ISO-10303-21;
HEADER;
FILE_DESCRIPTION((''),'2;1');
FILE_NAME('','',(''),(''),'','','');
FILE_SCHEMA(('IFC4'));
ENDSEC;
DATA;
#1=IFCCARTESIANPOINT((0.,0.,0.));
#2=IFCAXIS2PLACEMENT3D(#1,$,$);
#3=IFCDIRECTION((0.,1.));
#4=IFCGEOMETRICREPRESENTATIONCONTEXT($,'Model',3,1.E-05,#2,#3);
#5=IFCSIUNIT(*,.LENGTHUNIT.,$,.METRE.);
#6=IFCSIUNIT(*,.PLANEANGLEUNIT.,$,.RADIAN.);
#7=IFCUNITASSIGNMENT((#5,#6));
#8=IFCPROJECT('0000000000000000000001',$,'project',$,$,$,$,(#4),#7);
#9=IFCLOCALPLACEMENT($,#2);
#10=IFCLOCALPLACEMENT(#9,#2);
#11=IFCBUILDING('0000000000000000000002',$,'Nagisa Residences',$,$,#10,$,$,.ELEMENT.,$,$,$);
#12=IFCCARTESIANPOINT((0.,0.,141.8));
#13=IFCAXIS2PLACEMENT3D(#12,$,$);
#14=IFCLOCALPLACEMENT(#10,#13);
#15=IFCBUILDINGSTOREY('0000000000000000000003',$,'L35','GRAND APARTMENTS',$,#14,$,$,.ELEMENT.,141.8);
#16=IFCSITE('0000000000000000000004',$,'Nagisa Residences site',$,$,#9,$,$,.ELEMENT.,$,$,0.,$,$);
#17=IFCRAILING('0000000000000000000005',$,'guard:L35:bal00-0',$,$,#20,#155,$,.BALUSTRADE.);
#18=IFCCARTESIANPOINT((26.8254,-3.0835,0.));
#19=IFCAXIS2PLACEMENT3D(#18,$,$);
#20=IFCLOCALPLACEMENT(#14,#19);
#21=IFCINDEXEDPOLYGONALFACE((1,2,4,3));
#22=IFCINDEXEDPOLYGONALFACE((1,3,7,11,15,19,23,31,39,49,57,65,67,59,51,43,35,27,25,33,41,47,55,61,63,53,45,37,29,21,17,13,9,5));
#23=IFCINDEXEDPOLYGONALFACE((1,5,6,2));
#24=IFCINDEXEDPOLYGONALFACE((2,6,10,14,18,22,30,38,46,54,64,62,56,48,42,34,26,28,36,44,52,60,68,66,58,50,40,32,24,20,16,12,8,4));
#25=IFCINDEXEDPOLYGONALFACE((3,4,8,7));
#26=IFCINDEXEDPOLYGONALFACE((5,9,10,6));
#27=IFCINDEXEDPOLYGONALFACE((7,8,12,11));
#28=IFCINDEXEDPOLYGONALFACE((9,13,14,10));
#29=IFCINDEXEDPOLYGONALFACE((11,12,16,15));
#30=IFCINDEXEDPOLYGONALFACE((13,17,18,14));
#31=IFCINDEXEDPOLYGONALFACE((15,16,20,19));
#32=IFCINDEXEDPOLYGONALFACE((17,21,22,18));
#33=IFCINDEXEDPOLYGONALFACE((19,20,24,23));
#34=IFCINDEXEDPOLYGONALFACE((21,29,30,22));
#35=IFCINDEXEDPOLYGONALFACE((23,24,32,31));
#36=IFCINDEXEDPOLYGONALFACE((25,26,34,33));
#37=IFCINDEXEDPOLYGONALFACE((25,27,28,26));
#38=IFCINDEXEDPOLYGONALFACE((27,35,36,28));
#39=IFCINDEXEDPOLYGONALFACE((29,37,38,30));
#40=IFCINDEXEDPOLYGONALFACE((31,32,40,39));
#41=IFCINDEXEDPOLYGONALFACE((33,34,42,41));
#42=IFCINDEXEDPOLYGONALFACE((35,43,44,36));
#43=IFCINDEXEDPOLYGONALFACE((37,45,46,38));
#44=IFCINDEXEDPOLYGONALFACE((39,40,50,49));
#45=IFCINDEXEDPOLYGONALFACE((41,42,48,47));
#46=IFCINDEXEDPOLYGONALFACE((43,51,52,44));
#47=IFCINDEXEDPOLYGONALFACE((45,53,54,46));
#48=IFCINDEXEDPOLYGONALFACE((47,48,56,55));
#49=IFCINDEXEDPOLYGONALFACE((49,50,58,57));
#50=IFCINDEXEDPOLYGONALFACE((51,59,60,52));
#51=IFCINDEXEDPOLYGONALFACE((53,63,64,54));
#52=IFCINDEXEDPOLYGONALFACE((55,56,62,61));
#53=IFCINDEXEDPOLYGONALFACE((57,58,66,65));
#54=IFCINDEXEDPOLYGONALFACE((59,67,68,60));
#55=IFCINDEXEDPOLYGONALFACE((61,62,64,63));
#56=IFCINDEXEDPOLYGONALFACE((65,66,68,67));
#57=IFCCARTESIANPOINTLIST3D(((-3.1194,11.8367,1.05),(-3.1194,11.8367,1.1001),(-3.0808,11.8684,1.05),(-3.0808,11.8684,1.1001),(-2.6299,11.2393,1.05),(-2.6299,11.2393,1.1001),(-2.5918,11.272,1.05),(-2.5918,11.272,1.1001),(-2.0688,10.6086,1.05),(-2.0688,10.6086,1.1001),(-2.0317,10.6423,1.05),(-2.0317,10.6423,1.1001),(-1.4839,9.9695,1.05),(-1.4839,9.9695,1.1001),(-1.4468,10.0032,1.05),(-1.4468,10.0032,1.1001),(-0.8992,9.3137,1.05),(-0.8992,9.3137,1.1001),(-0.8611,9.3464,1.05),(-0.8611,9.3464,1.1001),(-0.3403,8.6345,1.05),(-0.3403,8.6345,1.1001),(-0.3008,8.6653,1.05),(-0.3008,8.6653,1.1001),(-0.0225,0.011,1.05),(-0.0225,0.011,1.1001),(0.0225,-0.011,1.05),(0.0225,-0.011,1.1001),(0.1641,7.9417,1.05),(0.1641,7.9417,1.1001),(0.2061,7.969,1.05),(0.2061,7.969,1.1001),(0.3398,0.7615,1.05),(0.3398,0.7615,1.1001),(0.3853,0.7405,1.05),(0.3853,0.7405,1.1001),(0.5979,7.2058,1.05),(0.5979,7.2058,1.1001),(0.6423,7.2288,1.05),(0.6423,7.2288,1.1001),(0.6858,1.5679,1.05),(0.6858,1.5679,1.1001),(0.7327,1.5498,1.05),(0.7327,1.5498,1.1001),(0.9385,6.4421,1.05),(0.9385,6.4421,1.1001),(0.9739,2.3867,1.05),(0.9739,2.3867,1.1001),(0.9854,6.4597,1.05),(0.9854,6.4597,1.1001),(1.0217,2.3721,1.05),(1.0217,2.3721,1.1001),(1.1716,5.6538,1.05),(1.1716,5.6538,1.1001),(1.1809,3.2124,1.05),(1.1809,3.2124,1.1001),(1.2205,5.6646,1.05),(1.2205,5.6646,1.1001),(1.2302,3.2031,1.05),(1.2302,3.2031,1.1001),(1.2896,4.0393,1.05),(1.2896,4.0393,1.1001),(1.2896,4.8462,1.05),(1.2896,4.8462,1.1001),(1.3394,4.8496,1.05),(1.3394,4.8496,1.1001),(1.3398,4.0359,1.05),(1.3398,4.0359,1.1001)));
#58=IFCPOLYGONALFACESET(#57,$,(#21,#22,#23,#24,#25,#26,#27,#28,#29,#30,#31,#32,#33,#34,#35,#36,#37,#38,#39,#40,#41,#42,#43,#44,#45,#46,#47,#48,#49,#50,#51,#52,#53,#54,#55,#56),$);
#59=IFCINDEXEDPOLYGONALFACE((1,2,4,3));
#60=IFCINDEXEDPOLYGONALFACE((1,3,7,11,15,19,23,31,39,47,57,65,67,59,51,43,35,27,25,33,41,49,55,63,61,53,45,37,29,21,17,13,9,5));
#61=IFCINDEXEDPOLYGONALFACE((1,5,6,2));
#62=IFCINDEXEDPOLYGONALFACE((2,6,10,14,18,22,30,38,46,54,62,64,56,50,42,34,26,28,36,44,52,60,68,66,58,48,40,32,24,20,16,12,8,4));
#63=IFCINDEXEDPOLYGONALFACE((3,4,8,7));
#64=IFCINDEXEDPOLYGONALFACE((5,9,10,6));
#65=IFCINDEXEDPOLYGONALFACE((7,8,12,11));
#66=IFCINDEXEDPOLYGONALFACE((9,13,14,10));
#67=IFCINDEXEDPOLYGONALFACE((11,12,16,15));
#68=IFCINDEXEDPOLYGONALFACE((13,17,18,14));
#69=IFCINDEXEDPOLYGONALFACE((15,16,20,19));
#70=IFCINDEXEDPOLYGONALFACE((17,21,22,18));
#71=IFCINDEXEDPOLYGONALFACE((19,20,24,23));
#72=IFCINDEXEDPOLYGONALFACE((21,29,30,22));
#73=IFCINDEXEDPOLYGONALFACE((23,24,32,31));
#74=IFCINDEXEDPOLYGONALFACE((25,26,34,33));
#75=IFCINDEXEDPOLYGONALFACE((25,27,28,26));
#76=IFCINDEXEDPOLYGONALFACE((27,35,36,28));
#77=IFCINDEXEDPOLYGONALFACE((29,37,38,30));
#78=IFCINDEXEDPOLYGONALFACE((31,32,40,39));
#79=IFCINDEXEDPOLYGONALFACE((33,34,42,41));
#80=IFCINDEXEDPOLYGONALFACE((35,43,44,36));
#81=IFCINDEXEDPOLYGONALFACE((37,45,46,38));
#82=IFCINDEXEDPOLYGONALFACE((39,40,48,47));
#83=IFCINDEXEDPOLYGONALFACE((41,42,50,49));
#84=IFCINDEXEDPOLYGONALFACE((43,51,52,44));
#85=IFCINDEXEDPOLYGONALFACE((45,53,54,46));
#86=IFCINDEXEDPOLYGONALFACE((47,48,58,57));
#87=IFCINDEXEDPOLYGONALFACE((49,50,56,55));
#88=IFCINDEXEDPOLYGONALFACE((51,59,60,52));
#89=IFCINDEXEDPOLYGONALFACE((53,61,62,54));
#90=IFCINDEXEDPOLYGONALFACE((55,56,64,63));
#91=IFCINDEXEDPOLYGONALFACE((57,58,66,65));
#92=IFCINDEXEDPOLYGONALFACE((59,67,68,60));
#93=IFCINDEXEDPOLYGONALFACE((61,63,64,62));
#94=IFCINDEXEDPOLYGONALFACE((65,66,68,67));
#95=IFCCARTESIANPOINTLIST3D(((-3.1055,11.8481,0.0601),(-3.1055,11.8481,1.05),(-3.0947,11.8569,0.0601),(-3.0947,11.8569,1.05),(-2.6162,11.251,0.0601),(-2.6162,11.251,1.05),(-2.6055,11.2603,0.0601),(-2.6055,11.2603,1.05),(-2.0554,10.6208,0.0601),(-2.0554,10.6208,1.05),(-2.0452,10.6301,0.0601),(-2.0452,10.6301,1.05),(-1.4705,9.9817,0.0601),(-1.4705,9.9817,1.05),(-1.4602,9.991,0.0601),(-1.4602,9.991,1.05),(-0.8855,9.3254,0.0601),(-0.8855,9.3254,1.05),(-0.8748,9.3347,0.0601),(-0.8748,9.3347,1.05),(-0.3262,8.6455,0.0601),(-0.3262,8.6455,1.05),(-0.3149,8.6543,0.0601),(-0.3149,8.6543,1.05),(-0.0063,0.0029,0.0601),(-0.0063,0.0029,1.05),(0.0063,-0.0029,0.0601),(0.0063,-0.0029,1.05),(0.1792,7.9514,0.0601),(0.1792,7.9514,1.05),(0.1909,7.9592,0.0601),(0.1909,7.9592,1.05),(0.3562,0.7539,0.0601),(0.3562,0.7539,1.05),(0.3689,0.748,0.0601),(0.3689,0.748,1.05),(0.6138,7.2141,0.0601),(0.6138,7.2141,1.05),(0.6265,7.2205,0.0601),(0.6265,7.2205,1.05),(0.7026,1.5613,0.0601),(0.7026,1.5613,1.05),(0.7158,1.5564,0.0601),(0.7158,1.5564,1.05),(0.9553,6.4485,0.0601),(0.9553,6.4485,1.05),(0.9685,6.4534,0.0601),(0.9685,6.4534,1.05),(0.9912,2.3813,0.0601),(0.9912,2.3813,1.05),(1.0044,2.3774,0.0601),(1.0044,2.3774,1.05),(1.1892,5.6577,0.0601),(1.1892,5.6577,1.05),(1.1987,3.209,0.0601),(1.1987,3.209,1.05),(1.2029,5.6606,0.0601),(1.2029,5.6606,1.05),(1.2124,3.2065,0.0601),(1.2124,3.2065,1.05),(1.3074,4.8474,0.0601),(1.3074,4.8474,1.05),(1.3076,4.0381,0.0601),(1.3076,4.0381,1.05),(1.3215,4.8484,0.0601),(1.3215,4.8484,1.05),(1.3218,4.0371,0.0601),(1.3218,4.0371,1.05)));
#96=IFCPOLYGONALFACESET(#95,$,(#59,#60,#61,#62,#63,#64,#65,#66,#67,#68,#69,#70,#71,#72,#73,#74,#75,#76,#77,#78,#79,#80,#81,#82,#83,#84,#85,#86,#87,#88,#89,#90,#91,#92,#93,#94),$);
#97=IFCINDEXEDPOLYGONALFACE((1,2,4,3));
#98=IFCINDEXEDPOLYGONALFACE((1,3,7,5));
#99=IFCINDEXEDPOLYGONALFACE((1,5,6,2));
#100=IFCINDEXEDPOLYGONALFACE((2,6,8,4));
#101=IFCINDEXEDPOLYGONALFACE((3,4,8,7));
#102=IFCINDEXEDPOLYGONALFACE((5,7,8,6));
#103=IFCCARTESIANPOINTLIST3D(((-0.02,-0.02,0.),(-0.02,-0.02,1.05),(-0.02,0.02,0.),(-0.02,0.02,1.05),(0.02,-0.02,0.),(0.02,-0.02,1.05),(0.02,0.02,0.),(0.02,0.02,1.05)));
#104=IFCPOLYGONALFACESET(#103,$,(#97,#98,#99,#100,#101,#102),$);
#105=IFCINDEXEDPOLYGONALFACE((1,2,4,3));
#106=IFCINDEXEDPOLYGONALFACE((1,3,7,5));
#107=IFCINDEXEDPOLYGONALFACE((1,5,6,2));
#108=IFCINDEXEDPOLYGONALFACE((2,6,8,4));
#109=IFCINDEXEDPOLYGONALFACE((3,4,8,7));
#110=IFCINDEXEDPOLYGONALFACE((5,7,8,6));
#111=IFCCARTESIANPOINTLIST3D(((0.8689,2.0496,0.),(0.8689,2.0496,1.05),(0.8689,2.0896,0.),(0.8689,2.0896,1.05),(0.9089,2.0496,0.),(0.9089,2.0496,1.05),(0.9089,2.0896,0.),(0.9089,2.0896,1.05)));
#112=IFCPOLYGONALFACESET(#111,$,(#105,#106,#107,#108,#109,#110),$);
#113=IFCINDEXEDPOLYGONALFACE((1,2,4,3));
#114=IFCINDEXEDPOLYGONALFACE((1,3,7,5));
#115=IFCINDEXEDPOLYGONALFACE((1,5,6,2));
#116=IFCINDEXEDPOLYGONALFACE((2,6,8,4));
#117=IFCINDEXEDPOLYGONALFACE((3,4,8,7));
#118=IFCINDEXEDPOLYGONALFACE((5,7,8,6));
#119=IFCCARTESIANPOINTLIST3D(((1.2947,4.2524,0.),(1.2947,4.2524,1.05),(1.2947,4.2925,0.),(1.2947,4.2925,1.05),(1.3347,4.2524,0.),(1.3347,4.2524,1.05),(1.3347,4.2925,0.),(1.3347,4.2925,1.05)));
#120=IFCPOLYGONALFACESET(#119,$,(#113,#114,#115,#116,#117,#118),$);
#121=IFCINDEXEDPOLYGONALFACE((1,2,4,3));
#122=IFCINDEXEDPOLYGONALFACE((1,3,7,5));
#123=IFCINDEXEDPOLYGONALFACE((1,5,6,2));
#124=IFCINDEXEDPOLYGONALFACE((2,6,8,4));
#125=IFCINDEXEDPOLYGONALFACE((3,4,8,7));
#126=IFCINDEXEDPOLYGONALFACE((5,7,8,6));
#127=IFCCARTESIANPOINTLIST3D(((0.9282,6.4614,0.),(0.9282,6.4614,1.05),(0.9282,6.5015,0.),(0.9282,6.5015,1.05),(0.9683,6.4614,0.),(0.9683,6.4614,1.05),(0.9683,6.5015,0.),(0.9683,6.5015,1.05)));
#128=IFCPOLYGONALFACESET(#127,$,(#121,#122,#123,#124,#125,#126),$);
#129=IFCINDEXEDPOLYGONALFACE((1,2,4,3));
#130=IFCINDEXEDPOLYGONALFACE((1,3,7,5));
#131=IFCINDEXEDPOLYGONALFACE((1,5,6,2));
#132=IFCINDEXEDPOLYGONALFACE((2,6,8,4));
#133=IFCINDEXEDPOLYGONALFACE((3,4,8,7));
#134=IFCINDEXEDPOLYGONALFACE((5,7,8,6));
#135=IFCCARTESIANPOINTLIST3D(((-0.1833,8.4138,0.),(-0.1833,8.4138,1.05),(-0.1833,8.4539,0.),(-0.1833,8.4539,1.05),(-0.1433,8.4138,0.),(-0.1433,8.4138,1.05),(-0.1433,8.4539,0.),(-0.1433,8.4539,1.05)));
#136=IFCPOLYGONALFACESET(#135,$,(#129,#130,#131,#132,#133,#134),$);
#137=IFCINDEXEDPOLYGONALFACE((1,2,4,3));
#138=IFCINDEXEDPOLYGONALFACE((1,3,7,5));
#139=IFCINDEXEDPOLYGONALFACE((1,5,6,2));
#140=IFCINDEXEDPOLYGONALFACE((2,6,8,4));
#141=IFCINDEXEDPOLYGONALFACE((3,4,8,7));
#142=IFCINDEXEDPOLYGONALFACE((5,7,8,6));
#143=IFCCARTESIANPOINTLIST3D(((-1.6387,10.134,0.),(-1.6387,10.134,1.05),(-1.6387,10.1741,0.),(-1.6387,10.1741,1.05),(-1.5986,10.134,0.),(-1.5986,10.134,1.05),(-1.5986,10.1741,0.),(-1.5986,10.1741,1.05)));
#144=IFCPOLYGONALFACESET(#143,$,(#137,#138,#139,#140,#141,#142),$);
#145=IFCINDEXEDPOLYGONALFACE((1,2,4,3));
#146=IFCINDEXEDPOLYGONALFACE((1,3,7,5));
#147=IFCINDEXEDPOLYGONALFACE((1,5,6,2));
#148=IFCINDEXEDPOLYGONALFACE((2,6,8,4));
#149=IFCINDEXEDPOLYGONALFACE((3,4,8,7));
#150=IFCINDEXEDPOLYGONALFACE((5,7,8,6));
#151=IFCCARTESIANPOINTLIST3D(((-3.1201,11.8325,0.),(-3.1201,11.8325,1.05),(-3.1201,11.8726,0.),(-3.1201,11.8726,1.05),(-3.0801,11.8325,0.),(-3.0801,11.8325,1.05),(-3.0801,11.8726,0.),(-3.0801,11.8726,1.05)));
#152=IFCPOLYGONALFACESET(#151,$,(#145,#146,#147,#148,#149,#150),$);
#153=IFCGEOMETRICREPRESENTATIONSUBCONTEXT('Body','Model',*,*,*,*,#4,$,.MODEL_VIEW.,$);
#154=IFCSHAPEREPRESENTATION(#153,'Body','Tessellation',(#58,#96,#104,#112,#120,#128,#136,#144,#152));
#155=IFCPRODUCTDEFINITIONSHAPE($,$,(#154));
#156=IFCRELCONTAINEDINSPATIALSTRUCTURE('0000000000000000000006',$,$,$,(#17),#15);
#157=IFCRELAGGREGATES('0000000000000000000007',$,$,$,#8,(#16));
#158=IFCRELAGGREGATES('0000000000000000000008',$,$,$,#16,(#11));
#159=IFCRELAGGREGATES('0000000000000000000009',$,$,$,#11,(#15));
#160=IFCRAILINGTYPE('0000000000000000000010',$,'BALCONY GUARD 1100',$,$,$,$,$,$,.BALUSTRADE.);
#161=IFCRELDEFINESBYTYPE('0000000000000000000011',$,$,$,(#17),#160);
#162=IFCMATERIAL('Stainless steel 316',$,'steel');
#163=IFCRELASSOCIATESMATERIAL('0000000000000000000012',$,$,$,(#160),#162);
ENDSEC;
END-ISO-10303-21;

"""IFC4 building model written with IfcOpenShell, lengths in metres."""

from ifc_helpers import new_model, si_unit, direction, frame, origin, origin_2d, place, context, subcontext, project, spatial, polyline, rectangle, outline, extrude, material, type_object, element, save


model = new_model("IFC4")

# Units and contexts
model_context = context("Model", 3, precision=1e-05, world=origin(), true_north=direction((0.0, 1.0)))
body_context = subcontext(model_context, "Body", "Model", "MODEL_VIEW")
ifc_project = project(units=[si_unit("LENGTHUNIT", "METRE"), si_unit("PLANEANGLEUNIT", "RADIAN")], contexts=[model_context])

# Site, building, storey
site_placement = place(None, origin())
site = spatial("IfcSite", under=ifc_project, at=site_placement, Name="Nagisa Residences site", CompositionType="ELEMENT", RefElevation=0.0)
building_placement = place(site_placement, origin())
building = spatial("IfcBuilding", under=site, at=building_placement, Name="Nagisa Residences", CompositionType="ELEMENT")
storey_placement = place(building_placement, frame((0.0, 0.0, 141.8)))
storey = spatial("IfcBuildingStorey", under=building, at=storey_placement, Name="L35", Description="GRAND APARTMENTS", CompositionType="ELEMENT", Elevation=141.8)

# Railing
ifc_material_1 = material(Name="Stainless steel 316", Category="steel")
railing_type = type_object("IfcRailingType", Name="BALCONY GUARD 1100", PredefinedType="BALUSTRADE", material=ifc_material_1)
railing_placement = place(storey_placement, frame((26.8254, -3.0835, 0.0)))
element("IfcRailing", 1, at=railing_placement, inside=storey, type_object=railing_type, Name="guard:L35:bal00-0", PredefinedType="BALUSTRADE", context=body_context, shape_type="SweptSolid", body=[
    extrude(outline(polyline([(0.3398, 0.7615), (-0.0225, 0.011), (0.0225, -0.011), (0.3853, 0.7405), (0.7327, 1.5498), (1.0217, 2.3721), (1.2302, 3.2031), (1.3398, 4.0359), (1.3394, 4.8496), (1.2205, 5.6646), (0.9854, 6.4597), (0.6423, 7.2288), (0.2061, 7.969), (-0.3008, 8.6653), (-0.8611, 9.3464), (-1.4468, 10.0032), (-2.0317, 10.6423), (-2.5918, 11.272), (-3.0808, 11.8684), (-3.1194, 11.8367), (-2.6299, 11.2393), (-2.0688, 10.6086), (-1.4839, 9.9695), (-0.8992, 9.3137), (-0.3403, 8.6345), (0.1641, 7.9417), (0.5979, 7.2058), (0.9385, 6.4421), (1.1716, 5.6538), (1.2896, 4.8462), (1.2896, 4.0393), (1.1809, 3.2124), (0.9739, 2.3867), (0.6858, 1.5679), (0.3398, 0.7615)])), frame((0.0, 0.0, 1.05)), (0.0, 0.0, 1.0), 0.05),
    extrude(outline(polyline([(0.3562, 0.7539), (-0.0063, 0.0029), (0.0063, -0.0029), (0.3689, 0.748), (0.7158, 1.5564), (1.0044, 2.3774), (1.2124, 3.2065), (1.3218, 4.0371), (1.3215, 4.8484), (1.2029, 5.6606), (0.9685, 6.4534), (0.6265, 7.2205), (0.1909, 7.9592), (-0.3149, 8.6543), (-0.8748, 9.3347), (-1.4602, 9.991), (-2.0452, 10.6301), (-2.6055, 11.2603), (-3.0947, 11.8569), (-3.1055, 11.8481), (-2.6162, 11.251), (-2.0554, 10.6208), (-1.4705, 9.9817), (-0.8855, 9.3254), (-0.3262, 8.6455), (0.1792, 7.9514), (0.6138, 7.2141), (0.9553, 6.4485), (1.1892, 5.6577), (1.3074, 4.8474), (1.3076, 4.0381), (1.1987, 3.209), (0.9912, 2.3813), (0.7026, 1.5613), (0.3562, 0.7539)])), frame((0.0, 0.0, 0.0601)), (0.0, 0.0, 1.0), 0.99),
    extrude(rectangle(XDim=0.04, YDim=0.04, at=origin_2d()), origin(), (0.0, 0.0, 1.0), 1.05),
    extrude(rectangle(XDim=0.04, YDim=0.04, at=origin_2d()), frame((0.8889, 2.0696, 0.0)), (0.0, 0.0, 1.0), 1.05),
    extrude(rectangle(XDim=0.04, YDim=0.04, at=origin_2d()), frame((1.3147, 4.2725, 0.0)), (0.0, 0.0, 1.0), 1.05),
    extrude(rectangle(XDim=0.04, YDim=0.04, at=origin_2d()), frame((0.9482, 6.4814, 0.0)), (0.0, 0.0, 1.0), 1.05),
    extrude(rectangle(XDim=0.04, YDim=0.04, at=origin_2d()), frame((-0.1633, 8.4338, 0.0)), (0.0, 0.0, 1.0), 1.05),
    extrude(rectangle(XDim=0.04, YDim=0.04, at=origin_2d()), frame((-1.6187, 10.1541, 0.0)), (0.0, 0.0, 1.0), 1.05),
    extrude(rectangle(XDim=0.04, YDim=0.04, at=origin_2d()), frame((-3.1001, 11.8525, 0.0)), (0.0, 0.0, 1.0), 1.05),
])

save(model, "model.ifc")
